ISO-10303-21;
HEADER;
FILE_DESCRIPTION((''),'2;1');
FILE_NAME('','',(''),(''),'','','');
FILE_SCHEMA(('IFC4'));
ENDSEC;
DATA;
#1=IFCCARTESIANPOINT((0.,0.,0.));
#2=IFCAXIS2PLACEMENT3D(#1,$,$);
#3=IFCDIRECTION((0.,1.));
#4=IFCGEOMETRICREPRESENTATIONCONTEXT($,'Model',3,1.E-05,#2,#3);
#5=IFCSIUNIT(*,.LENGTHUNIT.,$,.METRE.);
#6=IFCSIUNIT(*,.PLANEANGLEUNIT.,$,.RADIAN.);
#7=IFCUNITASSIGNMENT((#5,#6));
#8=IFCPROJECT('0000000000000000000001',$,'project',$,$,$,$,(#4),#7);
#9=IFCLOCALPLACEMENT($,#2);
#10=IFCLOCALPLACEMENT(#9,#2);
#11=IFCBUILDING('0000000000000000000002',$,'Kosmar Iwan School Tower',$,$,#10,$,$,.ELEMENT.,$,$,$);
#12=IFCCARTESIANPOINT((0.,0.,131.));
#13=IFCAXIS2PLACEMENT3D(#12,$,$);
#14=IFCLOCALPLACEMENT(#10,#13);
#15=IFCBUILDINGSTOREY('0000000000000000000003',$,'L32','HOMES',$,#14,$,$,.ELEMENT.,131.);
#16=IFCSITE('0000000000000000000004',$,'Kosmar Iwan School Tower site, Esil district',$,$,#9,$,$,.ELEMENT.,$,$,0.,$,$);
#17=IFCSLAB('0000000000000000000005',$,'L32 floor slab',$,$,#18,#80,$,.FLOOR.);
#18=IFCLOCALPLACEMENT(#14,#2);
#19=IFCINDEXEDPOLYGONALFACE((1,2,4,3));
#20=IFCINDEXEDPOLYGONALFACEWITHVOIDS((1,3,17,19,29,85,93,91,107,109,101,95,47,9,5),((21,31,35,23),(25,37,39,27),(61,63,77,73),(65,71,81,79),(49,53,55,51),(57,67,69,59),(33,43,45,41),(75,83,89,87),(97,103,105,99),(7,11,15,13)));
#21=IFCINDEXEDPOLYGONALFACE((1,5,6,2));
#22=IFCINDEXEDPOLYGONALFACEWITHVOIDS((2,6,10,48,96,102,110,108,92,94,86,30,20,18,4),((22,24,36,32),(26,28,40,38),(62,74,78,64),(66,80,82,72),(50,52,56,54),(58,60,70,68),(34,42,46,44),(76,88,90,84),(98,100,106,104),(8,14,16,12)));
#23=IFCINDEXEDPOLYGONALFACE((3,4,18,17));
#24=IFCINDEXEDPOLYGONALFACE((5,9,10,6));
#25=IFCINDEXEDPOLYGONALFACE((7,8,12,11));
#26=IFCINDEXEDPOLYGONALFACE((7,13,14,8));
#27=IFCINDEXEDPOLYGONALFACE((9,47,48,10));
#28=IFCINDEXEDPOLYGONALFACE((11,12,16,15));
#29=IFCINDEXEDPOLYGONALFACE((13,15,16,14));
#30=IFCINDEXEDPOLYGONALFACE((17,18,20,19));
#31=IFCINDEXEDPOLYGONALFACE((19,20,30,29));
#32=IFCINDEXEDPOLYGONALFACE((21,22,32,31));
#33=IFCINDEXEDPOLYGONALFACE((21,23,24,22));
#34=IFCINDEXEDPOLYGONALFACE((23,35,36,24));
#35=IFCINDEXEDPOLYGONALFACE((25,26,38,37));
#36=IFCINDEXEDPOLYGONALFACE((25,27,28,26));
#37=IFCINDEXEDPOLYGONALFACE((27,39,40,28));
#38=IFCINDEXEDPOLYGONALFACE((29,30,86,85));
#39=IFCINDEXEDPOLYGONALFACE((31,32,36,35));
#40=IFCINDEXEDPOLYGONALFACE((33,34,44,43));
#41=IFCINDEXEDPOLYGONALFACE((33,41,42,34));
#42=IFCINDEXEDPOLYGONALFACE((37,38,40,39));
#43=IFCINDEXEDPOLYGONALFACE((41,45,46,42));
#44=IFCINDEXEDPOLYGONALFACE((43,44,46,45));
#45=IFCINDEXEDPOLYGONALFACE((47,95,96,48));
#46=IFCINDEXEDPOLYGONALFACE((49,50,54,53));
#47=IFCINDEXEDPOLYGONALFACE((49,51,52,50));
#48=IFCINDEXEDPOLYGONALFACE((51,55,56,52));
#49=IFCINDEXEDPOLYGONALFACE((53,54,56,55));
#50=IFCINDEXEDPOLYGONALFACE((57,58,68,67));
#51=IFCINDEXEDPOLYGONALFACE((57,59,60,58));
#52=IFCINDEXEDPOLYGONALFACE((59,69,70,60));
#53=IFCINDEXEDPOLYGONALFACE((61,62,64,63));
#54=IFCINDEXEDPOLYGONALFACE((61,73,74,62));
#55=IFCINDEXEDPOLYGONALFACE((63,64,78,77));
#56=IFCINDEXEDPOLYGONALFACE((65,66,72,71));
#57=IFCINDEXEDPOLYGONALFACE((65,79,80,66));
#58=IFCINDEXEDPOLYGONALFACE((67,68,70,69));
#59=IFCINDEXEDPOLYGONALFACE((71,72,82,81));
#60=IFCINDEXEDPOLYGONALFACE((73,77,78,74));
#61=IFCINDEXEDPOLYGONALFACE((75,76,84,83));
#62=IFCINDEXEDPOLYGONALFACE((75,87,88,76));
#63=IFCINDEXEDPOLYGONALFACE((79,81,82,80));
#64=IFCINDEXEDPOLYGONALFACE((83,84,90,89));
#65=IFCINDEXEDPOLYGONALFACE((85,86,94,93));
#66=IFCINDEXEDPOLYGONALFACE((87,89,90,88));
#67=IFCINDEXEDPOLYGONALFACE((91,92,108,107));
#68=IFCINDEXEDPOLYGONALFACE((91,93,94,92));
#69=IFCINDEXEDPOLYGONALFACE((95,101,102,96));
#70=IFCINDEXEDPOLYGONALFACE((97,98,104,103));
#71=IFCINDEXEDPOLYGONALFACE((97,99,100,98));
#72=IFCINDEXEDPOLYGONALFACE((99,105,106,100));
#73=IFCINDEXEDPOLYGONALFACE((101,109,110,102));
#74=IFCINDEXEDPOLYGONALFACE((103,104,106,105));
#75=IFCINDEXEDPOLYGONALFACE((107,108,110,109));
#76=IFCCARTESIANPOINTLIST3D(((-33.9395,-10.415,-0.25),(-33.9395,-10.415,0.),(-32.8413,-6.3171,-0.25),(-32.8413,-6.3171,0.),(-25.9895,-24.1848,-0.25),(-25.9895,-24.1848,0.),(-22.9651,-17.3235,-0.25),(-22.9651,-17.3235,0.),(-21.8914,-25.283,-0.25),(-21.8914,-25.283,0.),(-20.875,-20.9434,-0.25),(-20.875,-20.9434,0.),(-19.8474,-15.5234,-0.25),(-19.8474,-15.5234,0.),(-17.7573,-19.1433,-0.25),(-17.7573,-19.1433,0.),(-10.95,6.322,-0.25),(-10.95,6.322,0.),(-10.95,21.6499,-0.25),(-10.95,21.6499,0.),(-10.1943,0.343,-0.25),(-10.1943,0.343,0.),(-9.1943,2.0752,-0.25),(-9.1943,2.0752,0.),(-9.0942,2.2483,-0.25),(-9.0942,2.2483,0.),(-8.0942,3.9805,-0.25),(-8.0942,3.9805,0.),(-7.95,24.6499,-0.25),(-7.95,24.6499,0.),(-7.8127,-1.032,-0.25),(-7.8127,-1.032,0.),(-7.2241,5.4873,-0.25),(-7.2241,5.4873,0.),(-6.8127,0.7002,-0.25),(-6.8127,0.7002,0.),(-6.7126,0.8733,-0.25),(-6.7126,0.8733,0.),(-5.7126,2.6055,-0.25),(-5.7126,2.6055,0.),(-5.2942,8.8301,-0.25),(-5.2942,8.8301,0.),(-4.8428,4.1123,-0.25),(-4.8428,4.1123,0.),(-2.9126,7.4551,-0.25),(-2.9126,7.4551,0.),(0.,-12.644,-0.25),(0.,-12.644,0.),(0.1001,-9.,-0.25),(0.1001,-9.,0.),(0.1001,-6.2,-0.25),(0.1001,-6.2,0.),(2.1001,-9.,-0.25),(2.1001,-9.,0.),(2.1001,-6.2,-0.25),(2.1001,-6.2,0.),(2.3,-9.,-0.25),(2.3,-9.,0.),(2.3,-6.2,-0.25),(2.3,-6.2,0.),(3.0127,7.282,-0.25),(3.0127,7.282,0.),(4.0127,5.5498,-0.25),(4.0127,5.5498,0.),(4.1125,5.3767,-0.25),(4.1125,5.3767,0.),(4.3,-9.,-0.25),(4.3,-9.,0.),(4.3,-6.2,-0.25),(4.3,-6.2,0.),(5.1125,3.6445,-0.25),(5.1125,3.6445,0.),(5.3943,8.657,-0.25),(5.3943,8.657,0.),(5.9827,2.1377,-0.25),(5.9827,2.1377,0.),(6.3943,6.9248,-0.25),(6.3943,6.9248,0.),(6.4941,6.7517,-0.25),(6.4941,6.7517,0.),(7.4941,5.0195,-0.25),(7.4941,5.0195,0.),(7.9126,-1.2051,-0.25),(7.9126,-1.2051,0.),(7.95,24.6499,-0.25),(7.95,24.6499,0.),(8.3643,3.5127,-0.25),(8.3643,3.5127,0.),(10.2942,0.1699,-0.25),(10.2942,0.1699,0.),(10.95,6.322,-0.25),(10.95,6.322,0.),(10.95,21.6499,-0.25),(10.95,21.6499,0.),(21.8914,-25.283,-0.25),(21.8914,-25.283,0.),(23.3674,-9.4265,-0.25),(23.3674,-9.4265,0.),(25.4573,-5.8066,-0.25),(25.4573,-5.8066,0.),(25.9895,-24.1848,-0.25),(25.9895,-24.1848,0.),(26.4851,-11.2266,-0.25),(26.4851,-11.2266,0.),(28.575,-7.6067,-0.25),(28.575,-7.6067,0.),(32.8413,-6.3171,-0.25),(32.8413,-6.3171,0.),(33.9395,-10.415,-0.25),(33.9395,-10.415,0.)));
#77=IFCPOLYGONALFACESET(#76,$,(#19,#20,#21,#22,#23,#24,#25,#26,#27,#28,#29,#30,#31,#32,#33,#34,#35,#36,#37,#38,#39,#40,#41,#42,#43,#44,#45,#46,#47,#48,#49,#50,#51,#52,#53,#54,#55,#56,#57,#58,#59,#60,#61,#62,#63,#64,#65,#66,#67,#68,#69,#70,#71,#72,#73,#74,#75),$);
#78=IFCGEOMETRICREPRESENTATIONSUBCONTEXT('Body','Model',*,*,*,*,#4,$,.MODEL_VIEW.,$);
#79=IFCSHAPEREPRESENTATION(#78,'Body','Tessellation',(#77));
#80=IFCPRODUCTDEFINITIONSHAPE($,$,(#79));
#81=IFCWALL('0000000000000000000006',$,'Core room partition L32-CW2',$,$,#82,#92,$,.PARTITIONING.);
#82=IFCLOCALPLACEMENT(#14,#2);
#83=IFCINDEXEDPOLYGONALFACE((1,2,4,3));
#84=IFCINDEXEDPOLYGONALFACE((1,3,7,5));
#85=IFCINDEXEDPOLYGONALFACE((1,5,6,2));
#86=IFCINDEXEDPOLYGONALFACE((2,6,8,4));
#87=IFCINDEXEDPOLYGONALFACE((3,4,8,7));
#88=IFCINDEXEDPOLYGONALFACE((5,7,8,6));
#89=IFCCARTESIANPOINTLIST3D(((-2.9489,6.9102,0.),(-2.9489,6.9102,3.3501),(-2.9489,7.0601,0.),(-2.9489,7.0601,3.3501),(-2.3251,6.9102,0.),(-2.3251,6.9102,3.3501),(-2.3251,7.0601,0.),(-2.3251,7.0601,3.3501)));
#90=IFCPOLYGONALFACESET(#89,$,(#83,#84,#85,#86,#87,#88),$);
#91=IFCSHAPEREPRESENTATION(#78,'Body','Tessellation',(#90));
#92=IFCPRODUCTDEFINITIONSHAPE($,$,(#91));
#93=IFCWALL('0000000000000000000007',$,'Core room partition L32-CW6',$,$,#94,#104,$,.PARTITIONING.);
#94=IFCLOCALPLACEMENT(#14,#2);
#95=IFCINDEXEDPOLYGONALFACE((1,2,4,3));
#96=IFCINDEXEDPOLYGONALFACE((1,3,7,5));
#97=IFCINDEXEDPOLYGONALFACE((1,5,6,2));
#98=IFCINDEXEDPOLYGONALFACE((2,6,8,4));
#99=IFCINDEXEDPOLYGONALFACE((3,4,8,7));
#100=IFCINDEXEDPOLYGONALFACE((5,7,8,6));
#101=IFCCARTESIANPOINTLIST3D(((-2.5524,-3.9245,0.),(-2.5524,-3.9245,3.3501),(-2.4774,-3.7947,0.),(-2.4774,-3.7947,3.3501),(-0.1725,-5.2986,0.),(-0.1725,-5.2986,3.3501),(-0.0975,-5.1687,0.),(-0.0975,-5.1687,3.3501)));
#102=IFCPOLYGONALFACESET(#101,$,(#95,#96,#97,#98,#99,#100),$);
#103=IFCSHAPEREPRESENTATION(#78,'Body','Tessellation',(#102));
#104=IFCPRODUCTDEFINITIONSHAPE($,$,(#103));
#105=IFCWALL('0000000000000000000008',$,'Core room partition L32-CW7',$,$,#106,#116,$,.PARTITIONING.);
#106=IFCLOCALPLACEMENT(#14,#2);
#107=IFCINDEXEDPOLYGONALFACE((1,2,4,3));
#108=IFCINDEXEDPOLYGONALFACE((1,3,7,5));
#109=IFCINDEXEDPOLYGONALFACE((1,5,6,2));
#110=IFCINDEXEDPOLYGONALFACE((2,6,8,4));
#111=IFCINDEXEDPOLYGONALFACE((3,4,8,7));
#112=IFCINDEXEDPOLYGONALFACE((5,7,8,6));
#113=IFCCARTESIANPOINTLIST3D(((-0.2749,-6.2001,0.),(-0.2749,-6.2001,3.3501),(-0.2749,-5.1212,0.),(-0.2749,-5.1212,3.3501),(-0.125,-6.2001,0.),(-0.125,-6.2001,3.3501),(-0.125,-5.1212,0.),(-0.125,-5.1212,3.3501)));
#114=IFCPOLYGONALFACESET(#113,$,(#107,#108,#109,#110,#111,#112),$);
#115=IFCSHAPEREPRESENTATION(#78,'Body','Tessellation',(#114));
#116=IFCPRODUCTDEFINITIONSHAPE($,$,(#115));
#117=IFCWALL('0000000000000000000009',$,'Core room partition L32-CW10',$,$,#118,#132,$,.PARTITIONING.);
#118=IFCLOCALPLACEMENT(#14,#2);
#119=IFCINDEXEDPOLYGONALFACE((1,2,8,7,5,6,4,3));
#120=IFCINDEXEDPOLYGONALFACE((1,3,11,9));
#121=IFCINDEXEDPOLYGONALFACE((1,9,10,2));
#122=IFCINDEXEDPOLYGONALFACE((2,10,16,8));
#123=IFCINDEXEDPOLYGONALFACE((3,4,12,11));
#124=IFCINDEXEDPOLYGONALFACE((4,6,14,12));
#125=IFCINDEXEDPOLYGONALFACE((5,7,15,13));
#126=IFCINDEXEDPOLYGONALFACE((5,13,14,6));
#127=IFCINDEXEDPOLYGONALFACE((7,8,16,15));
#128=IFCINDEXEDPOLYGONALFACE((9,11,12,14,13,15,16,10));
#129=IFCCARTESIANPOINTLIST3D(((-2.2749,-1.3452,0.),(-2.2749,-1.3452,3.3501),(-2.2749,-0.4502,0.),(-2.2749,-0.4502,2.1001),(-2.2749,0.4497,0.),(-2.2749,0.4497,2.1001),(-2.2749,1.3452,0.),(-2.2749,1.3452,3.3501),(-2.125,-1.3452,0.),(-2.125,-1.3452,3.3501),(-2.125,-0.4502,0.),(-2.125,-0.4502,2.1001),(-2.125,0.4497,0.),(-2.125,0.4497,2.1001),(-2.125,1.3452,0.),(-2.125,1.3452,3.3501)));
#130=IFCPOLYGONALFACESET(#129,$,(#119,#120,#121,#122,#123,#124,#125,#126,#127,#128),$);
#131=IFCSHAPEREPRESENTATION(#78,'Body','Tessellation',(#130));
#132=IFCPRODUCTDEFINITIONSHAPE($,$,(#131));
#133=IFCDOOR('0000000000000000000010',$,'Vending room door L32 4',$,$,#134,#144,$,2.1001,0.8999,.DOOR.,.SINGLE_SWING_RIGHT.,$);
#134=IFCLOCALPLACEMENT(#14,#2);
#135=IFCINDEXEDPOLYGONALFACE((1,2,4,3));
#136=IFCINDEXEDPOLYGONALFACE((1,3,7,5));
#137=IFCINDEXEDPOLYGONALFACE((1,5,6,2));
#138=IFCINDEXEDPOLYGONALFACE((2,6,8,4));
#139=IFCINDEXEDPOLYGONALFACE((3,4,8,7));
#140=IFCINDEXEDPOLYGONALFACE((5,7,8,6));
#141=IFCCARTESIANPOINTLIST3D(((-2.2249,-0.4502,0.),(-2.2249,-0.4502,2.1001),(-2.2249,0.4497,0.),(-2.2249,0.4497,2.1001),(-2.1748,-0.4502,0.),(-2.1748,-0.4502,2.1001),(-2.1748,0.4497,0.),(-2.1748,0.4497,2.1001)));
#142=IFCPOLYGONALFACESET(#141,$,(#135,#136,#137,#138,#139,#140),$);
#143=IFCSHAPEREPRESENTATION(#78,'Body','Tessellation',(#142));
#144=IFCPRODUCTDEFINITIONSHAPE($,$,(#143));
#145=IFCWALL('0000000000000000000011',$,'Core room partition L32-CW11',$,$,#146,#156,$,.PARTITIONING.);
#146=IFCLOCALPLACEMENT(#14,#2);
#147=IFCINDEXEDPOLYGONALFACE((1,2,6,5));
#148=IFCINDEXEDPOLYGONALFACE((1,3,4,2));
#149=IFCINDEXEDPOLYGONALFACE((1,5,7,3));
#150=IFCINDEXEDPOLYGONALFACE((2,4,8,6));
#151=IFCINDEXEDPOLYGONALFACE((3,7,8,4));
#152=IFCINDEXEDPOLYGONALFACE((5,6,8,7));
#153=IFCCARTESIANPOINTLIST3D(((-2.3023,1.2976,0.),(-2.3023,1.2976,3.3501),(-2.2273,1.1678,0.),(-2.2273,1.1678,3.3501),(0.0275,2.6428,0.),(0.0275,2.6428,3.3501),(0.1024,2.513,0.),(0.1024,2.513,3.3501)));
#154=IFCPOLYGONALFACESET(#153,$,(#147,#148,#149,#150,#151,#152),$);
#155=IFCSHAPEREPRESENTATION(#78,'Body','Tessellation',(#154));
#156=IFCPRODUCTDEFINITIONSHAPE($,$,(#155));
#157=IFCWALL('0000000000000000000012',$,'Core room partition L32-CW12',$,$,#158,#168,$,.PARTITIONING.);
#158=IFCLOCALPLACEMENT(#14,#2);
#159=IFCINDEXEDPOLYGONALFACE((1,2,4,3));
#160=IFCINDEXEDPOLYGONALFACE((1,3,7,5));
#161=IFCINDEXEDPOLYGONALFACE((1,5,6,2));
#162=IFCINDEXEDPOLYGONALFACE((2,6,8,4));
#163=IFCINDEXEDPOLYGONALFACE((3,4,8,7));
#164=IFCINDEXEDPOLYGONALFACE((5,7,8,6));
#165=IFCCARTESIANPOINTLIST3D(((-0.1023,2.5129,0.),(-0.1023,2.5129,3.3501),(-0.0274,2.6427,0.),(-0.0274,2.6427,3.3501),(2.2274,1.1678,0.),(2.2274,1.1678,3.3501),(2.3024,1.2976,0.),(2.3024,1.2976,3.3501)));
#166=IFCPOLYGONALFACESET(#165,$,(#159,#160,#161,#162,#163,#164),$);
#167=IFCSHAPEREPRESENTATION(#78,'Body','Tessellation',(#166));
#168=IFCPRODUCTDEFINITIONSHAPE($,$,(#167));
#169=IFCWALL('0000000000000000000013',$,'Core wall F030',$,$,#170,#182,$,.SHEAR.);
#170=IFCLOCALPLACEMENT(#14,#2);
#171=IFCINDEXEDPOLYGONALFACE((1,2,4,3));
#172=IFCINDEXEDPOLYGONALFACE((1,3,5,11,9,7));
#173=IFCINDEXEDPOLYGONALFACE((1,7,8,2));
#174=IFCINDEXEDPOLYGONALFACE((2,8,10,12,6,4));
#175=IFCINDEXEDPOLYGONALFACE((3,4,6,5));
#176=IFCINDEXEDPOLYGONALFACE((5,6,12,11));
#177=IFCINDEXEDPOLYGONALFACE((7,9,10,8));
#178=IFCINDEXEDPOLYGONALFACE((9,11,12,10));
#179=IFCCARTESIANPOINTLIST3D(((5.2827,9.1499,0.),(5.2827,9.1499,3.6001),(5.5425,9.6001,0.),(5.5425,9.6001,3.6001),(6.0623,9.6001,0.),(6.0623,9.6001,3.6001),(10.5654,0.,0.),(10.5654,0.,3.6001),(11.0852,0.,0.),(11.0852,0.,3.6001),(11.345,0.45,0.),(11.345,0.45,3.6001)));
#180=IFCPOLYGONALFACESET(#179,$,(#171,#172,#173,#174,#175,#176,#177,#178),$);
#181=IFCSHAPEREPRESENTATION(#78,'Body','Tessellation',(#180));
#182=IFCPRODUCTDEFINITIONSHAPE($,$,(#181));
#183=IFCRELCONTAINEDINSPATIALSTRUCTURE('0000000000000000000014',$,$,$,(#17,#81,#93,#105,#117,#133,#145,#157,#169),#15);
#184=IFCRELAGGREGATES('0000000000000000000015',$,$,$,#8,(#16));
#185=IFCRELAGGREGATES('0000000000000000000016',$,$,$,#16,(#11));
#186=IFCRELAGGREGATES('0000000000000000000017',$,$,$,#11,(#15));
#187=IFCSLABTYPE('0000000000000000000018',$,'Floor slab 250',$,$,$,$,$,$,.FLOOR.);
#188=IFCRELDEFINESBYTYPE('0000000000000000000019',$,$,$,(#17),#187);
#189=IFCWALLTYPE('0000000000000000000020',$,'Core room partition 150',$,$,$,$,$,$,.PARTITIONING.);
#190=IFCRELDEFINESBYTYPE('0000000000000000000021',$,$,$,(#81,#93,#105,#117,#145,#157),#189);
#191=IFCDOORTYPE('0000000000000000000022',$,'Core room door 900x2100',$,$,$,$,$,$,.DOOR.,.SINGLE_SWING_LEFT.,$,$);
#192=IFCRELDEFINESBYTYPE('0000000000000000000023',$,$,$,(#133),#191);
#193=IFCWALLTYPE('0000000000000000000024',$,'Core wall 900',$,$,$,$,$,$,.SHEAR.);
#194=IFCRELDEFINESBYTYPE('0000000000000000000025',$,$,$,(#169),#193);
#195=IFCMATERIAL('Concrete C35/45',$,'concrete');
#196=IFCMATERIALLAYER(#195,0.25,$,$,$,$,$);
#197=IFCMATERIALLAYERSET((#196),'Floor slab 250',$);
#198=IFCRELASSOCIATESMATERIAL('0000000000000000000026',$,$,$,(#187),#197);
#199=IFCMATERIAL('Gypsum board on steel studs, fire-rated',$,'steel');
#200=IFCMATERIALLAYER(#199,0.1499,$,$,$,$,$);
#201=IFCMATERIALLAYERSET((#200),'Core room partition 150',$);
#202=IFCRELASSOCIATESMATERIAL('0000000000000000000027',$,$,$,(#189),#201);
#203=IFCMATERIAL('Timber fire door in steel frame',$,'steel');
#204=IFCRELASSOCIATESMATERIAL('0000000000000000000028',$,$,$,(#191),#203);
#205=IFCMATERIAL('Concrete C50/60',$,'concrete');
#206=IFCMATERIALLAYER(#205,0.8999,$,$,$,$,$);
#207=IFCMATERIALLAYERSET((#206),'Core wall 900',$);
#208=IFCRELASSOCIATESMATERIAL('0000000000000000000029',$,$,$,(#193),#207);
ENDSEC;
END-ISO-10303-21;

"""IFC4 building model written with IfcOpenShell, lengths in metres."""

from ifc_helpers import new_model, si_unit, direction, frame, frame_2d, origin, place, context, subcontext, project, spatial, polyline, rectangle, outline, extrude, material, layer, layer_set, type_object, element, fill, save


model = new_model("IFC4")

# Units and contexts
model_context = context("Model", 3, precision=1e-05, world=origin(), true_north=direction((0.0, 1.0)))
body_context = subcontext(model_context, "Body", "Model", "MODEL_VIEW")
ifc_project = project(units=[si_unit("LENGTHUNIT", "METRE"), si_unit("PLANEANGLEUNIT", "RADIAN")], contexts=[model_context])

# Site, building, storey
site_placement = place(None, origin())
site = spatial("IfcSite", under=ifc_project, at=site_placement, Name="Kosmar Iwan School Tower site, Esil district", CompositionType="ELEMENT", RefElevation=0.0)
building_placement = place(site_placement, origin())
building = spatial("IfcBuilding", under=site, at=building_placement, Name="Kosmar Iwan School Tower", CompositionType="ELEMENT")
storey_placement = place(building_placement, frame((0.0, 0.0, 131.0)))
storey = spatial("IfcBuildingStorey", under=building, at=storey_placement, Name="L32", Description="HOMES", CompositionType="ELEMENT", Elevation=131.0)

# Slab
ifc_material_1 = material(Name="Concrete C35/45", Category="concrete")
ifc_layer_1 = layer(ifc_material_1, 0.25)
ifc_layer_set_1 = layer_set([ifc_layer_1], Name="Floor slab 250")
slab_type = type_object("IfcSlabType", Name="Floor slab 250", PredefinedType="FLOOR", material=ifc_layer_set_1)
slab_placement = place(storey_placement, frame((0.0, 0.0, -0.25)))
element("IfcSlab", 1, at=slab_placement, inside=storey, type_object=slab_type, Name="L32 floor slab", PredefinedType="FLOOR", context=body_context, shape_type="SweptSolid", body=[
    extrude(outline(polyline([(-21.8914, -25.283), (0.0, -12.644), (21.8914, -25.283), (25.9895, -24.1848), (33.9395, -10.415), (32.8413, -6.3171), (10.95, 6.322), (10.95, 21.6499), (7.95, 24.6499), (-7.95, 24.6499), (-10.95, 21.6499), (-10.95, 6.322), (-32.8413, -6.3171), (-33.9395, -10.415), (-25.9895, -24.1848), (-21.8914, -25.283)]), holes=[polyline([(7.9126, -1.2051), (10.2942, 0.1699), (8.3643, 3.5127), (5.9827, 2.1377), (7.9126, -1.2051)]), polyline([(-2.9126, 7.4551), (-5.2942, 8.8301), (-7.2241, 5.4873), (-4.8428, 4.1123), (-2.9126, 7.4551)]), polyline([(-5.7126, 2.6055), (-8.0942, 3.9805), (-9.0942, 2.2483), (-6.7126, 0.8733), (-5.7126, 2.6055)]), polyline([(-6.8127, 0.7002), (-9.1943, 2.0752), (-10.1943, 0.343), (-7.8127, -1.032), (-6.8127, 0.7002)]), polyline([(5.1125, 3.6445), (7.4941, 5.0195), (6.4941, 6.7517), (4.1125, 5.3767), (5.1125, 3.6445)]), polyline([(4.0127, 5.5498), (6.3943, 6.9248), (5.3943, 8.657), (3.0127, 7.282), (4.0127, 5.5498)]), polyline([(0.1001, -6.2), (0.1001, -9.0), (2.1001, -9.0), (2.1001, -6.2), (0.1001, -6.2)]), polyline([(2.3, -6.2), (2.3, -9.0), (4.3, -9.0), (4.3, -6.2), (2.3, -6.2)]), polyline([(-19.8474, -15.5234), (-22.9651, -17.3235), (-20.875, -20.9434), (-17.7573, -19.1433), (-19.8474, -15.5234)]), polyline([(23.3674, -9.4265), (26.4851, -11.2266), (28.575, -7.6067), (25.4573, -5.8066), (23.3674, -9.4265)])]), origin(), (0.0, 0.0, 1.0), 0.25),
])

# Walls
ifc_material_2 = material(Name="Gypsum board on steel studs, fire-rated", Category="steel")
ifc_layer_2 = layer(ifc_material_2, 0.1499)
ifc_layer_set_2 = layer_set([ifc_layer_2], Name="Core room partition 150")
wall_type_1 = type_object("IfcWallType", Name="Core room partition 150", PredefinedType="PARTITIONING", material=ifc_layer_set_2)
wall_1_placement = place(storey_placement, frame((-2.325, 6.9851, 0.0), z_axis=(0.0, 0.0, 1.0), x_axis=(-1.0, 0.0, 0.0)))
element("IfcWall", 2, at=wall_1_placement, inside=storey, type_object=wall_type_1, Name="Core room partition L32-CW2", PredefinedType="PARTITIONING", context=body_context, shape_type="SweptSolid", body=[
    extrude(rectangle(XDim=0.6238, YDim=0.1499, at=frame_2d((0.312, 0.0))), origin(), (0.0, 0.0, 1.0), 3.3501),
])
wall_2_placement = place(storey_placement, frame((-2.5149, -3.8596, 0.0), z_axis=(0.0, 0.0, 1.0), x_axis=(0.866026, -0.499999, 0.0)))
element("IfcWall", 3, at=wall_2_placement, inside=storey, type_object=wall_type_1, Name="Core room partition L32-CW6", PredefinedType="PARTITIONING", context=body_context, shape_type="SweptSolid", body=[
    extrude(rectangle(XDim=2.748, YDim=0.1499, at=frame_2d((1.374, 0.0))), origin(), (0.0, 0.0, 1.0), 3.3501),
])
wall_3_placement = place(storey_placement, frame((-0.2, -5.1211, 0.0), z_axis=(0.0, 0.0, 1.0), x_axis=(0.0, -1.0, 0.0)))
element("IfcWall", 4, at=wall_3_placement, inside=storey, type_object=wall_type_1, Name="Core room partition L32-CW7", PredefinedType="PARTITIONING", context=body_context, shape_type="SweptSolid", body=[
    extrude(rectangle(XDim=1.0789, YDim=0.1499, at=frame_2d((0.5396, 0.0))), origin(), (0.0, 0.0, 1.0), 3.3501),
])

# Wall, opening, door
wall_4_placement = place(storey_placement, frame((-2.2, -1.3452, 0.0), z_axis=(0.0, 0.0, 1.0), x_axis=(0.0, 1.0, 0.0)))
wall_4 = element("IfcWall", 5, at=wall_4_placement, inside=storey, type_object=wall_type_1, Name="Core room partition L32-CW10", PredefinedType="PARTITIONING", context=body_context, shape_type="SweptSolid", body=[
    extrude(rectangle(XDim=2.6904, YDim=0.1499, at=frame_2d((1.3452, 0.0))), origin(), (0.0, 0.0, 1.0), 3.3501),
])
opening_1_placement = place(wall_4_placement, frame((0.895, 0.0, 0.0)))
opening_1 = element("IfcOpeningElement", 6, at=opening_1_placement, cuts=wall_4, PredefinedType="OPENING", context=body_context, shape_type="SweptSolid", body=[
    extrude(rectangle(XDim=0.8999, YDim=2.1001, at=frame_2d((0.45, 1.05))), frame((0.0, 0.0869, 0.0), z_axis=(0.0, -1.0, 0.0), x_axis=(1.0, 0.0, 0.0)), (0.0, 0.0, 1.0), 0.1738),
])
ifc_material_3 = material(Name="Timber fire door in steel frame", Category="steel")
door_type_1 = type_object("IfcDoorType", Name="Core room door 900x2100", OperationType="SINGLE_SWING_LEFT", PredefinedType="DOOR", material=ifc_material_3)
door_1_placement = place(opening_1_placement, origin())
door_1 = element("IfcDoor", 7, at=door_1_placement, inside=storey, type_object=door_type_1, Name="Vending room door L32 4", OperationType="SINGLE_SWING_RIGHT", OverallHeight=2.1001, OverallWidth=0.8999, PredefinedType="DOOR", context=body_context, shape_type="SweptSolid", body=[
    extrude(rectangle(XDim=0.8999, YDim=2.1001, at=frame_2d((0.45, 1.05))), frame((0.0, 0.0249, 0.0), z_axis=(0.0, -1.0, 0.0), x_axis=(1.0, 0.0, 0.0)), (0.0, 0.0, 1.0), 0.05),
])
fill(opening_1, door_1)

# Walls
for number, where, z_axis, x_axis, name in (
    (8, (-2.2649, 1.2327, 0.0), (0.0, 0.0, 1.0), (0.866012, 0.500024, 0.0), "Core room partition L32-CW11"),
    (9, (-0.0649, 2.5779, 0.0), (0.0, 0.0, 1.0), (0.866012, -0.500024, 0.0), "Core room partition L32-CW12"),
):
    element("IfcWall", number, at=place(storey_placement, frame(where, z_axis=z_axis, x_axis=x_axis)), inside=storey, type_object=wall_type_1, Name=name, PredefinedType="PARTITIONING", context=body_context, shape_type="SweptSolid", body=[
        extrude(rectangle(XDim=2.6902, YDim=0.1499, at=frame_2d((1.3452, 0.0))), origin(), (0.0, 0.0, 1.0), 3.3501),
    ])
ifc_material_4 = material(Name="Concrete C50/60", Category="concrete")
ifc_layer_3 = layer(ifc_material_4, 0.8999)
ifc_layer_set_3 = layer_set([ifc_layer_3], Name="Core wall 900")
wall_type_2 = type_object("IfcWallType", Name="Core wall 900", PredefinedType="SHEAR", material=ifc_layer_set_3)
wall_5_placement = place(storey_placement, origin())
element("IfcWall", 10, at=wall_5_placement, inside=storey, type_object=wall_type_2, Name="Core wall F030", PredefinedType="SHEAR", context=body_context, shape_type="SweptSolid", body=[
    extrude(outline(polyline([(10.5654, 0.0), (11.0852, 0.0), (11.345, 0.45), (6.0623, 9.6001), (5.5425, 9.6001), (5.2827, 9.1499), (10.5654, 0.0)])), origin(), (0.0, 0.0, 1.0), 3.6001),
])

save(model, "model.ifc")
